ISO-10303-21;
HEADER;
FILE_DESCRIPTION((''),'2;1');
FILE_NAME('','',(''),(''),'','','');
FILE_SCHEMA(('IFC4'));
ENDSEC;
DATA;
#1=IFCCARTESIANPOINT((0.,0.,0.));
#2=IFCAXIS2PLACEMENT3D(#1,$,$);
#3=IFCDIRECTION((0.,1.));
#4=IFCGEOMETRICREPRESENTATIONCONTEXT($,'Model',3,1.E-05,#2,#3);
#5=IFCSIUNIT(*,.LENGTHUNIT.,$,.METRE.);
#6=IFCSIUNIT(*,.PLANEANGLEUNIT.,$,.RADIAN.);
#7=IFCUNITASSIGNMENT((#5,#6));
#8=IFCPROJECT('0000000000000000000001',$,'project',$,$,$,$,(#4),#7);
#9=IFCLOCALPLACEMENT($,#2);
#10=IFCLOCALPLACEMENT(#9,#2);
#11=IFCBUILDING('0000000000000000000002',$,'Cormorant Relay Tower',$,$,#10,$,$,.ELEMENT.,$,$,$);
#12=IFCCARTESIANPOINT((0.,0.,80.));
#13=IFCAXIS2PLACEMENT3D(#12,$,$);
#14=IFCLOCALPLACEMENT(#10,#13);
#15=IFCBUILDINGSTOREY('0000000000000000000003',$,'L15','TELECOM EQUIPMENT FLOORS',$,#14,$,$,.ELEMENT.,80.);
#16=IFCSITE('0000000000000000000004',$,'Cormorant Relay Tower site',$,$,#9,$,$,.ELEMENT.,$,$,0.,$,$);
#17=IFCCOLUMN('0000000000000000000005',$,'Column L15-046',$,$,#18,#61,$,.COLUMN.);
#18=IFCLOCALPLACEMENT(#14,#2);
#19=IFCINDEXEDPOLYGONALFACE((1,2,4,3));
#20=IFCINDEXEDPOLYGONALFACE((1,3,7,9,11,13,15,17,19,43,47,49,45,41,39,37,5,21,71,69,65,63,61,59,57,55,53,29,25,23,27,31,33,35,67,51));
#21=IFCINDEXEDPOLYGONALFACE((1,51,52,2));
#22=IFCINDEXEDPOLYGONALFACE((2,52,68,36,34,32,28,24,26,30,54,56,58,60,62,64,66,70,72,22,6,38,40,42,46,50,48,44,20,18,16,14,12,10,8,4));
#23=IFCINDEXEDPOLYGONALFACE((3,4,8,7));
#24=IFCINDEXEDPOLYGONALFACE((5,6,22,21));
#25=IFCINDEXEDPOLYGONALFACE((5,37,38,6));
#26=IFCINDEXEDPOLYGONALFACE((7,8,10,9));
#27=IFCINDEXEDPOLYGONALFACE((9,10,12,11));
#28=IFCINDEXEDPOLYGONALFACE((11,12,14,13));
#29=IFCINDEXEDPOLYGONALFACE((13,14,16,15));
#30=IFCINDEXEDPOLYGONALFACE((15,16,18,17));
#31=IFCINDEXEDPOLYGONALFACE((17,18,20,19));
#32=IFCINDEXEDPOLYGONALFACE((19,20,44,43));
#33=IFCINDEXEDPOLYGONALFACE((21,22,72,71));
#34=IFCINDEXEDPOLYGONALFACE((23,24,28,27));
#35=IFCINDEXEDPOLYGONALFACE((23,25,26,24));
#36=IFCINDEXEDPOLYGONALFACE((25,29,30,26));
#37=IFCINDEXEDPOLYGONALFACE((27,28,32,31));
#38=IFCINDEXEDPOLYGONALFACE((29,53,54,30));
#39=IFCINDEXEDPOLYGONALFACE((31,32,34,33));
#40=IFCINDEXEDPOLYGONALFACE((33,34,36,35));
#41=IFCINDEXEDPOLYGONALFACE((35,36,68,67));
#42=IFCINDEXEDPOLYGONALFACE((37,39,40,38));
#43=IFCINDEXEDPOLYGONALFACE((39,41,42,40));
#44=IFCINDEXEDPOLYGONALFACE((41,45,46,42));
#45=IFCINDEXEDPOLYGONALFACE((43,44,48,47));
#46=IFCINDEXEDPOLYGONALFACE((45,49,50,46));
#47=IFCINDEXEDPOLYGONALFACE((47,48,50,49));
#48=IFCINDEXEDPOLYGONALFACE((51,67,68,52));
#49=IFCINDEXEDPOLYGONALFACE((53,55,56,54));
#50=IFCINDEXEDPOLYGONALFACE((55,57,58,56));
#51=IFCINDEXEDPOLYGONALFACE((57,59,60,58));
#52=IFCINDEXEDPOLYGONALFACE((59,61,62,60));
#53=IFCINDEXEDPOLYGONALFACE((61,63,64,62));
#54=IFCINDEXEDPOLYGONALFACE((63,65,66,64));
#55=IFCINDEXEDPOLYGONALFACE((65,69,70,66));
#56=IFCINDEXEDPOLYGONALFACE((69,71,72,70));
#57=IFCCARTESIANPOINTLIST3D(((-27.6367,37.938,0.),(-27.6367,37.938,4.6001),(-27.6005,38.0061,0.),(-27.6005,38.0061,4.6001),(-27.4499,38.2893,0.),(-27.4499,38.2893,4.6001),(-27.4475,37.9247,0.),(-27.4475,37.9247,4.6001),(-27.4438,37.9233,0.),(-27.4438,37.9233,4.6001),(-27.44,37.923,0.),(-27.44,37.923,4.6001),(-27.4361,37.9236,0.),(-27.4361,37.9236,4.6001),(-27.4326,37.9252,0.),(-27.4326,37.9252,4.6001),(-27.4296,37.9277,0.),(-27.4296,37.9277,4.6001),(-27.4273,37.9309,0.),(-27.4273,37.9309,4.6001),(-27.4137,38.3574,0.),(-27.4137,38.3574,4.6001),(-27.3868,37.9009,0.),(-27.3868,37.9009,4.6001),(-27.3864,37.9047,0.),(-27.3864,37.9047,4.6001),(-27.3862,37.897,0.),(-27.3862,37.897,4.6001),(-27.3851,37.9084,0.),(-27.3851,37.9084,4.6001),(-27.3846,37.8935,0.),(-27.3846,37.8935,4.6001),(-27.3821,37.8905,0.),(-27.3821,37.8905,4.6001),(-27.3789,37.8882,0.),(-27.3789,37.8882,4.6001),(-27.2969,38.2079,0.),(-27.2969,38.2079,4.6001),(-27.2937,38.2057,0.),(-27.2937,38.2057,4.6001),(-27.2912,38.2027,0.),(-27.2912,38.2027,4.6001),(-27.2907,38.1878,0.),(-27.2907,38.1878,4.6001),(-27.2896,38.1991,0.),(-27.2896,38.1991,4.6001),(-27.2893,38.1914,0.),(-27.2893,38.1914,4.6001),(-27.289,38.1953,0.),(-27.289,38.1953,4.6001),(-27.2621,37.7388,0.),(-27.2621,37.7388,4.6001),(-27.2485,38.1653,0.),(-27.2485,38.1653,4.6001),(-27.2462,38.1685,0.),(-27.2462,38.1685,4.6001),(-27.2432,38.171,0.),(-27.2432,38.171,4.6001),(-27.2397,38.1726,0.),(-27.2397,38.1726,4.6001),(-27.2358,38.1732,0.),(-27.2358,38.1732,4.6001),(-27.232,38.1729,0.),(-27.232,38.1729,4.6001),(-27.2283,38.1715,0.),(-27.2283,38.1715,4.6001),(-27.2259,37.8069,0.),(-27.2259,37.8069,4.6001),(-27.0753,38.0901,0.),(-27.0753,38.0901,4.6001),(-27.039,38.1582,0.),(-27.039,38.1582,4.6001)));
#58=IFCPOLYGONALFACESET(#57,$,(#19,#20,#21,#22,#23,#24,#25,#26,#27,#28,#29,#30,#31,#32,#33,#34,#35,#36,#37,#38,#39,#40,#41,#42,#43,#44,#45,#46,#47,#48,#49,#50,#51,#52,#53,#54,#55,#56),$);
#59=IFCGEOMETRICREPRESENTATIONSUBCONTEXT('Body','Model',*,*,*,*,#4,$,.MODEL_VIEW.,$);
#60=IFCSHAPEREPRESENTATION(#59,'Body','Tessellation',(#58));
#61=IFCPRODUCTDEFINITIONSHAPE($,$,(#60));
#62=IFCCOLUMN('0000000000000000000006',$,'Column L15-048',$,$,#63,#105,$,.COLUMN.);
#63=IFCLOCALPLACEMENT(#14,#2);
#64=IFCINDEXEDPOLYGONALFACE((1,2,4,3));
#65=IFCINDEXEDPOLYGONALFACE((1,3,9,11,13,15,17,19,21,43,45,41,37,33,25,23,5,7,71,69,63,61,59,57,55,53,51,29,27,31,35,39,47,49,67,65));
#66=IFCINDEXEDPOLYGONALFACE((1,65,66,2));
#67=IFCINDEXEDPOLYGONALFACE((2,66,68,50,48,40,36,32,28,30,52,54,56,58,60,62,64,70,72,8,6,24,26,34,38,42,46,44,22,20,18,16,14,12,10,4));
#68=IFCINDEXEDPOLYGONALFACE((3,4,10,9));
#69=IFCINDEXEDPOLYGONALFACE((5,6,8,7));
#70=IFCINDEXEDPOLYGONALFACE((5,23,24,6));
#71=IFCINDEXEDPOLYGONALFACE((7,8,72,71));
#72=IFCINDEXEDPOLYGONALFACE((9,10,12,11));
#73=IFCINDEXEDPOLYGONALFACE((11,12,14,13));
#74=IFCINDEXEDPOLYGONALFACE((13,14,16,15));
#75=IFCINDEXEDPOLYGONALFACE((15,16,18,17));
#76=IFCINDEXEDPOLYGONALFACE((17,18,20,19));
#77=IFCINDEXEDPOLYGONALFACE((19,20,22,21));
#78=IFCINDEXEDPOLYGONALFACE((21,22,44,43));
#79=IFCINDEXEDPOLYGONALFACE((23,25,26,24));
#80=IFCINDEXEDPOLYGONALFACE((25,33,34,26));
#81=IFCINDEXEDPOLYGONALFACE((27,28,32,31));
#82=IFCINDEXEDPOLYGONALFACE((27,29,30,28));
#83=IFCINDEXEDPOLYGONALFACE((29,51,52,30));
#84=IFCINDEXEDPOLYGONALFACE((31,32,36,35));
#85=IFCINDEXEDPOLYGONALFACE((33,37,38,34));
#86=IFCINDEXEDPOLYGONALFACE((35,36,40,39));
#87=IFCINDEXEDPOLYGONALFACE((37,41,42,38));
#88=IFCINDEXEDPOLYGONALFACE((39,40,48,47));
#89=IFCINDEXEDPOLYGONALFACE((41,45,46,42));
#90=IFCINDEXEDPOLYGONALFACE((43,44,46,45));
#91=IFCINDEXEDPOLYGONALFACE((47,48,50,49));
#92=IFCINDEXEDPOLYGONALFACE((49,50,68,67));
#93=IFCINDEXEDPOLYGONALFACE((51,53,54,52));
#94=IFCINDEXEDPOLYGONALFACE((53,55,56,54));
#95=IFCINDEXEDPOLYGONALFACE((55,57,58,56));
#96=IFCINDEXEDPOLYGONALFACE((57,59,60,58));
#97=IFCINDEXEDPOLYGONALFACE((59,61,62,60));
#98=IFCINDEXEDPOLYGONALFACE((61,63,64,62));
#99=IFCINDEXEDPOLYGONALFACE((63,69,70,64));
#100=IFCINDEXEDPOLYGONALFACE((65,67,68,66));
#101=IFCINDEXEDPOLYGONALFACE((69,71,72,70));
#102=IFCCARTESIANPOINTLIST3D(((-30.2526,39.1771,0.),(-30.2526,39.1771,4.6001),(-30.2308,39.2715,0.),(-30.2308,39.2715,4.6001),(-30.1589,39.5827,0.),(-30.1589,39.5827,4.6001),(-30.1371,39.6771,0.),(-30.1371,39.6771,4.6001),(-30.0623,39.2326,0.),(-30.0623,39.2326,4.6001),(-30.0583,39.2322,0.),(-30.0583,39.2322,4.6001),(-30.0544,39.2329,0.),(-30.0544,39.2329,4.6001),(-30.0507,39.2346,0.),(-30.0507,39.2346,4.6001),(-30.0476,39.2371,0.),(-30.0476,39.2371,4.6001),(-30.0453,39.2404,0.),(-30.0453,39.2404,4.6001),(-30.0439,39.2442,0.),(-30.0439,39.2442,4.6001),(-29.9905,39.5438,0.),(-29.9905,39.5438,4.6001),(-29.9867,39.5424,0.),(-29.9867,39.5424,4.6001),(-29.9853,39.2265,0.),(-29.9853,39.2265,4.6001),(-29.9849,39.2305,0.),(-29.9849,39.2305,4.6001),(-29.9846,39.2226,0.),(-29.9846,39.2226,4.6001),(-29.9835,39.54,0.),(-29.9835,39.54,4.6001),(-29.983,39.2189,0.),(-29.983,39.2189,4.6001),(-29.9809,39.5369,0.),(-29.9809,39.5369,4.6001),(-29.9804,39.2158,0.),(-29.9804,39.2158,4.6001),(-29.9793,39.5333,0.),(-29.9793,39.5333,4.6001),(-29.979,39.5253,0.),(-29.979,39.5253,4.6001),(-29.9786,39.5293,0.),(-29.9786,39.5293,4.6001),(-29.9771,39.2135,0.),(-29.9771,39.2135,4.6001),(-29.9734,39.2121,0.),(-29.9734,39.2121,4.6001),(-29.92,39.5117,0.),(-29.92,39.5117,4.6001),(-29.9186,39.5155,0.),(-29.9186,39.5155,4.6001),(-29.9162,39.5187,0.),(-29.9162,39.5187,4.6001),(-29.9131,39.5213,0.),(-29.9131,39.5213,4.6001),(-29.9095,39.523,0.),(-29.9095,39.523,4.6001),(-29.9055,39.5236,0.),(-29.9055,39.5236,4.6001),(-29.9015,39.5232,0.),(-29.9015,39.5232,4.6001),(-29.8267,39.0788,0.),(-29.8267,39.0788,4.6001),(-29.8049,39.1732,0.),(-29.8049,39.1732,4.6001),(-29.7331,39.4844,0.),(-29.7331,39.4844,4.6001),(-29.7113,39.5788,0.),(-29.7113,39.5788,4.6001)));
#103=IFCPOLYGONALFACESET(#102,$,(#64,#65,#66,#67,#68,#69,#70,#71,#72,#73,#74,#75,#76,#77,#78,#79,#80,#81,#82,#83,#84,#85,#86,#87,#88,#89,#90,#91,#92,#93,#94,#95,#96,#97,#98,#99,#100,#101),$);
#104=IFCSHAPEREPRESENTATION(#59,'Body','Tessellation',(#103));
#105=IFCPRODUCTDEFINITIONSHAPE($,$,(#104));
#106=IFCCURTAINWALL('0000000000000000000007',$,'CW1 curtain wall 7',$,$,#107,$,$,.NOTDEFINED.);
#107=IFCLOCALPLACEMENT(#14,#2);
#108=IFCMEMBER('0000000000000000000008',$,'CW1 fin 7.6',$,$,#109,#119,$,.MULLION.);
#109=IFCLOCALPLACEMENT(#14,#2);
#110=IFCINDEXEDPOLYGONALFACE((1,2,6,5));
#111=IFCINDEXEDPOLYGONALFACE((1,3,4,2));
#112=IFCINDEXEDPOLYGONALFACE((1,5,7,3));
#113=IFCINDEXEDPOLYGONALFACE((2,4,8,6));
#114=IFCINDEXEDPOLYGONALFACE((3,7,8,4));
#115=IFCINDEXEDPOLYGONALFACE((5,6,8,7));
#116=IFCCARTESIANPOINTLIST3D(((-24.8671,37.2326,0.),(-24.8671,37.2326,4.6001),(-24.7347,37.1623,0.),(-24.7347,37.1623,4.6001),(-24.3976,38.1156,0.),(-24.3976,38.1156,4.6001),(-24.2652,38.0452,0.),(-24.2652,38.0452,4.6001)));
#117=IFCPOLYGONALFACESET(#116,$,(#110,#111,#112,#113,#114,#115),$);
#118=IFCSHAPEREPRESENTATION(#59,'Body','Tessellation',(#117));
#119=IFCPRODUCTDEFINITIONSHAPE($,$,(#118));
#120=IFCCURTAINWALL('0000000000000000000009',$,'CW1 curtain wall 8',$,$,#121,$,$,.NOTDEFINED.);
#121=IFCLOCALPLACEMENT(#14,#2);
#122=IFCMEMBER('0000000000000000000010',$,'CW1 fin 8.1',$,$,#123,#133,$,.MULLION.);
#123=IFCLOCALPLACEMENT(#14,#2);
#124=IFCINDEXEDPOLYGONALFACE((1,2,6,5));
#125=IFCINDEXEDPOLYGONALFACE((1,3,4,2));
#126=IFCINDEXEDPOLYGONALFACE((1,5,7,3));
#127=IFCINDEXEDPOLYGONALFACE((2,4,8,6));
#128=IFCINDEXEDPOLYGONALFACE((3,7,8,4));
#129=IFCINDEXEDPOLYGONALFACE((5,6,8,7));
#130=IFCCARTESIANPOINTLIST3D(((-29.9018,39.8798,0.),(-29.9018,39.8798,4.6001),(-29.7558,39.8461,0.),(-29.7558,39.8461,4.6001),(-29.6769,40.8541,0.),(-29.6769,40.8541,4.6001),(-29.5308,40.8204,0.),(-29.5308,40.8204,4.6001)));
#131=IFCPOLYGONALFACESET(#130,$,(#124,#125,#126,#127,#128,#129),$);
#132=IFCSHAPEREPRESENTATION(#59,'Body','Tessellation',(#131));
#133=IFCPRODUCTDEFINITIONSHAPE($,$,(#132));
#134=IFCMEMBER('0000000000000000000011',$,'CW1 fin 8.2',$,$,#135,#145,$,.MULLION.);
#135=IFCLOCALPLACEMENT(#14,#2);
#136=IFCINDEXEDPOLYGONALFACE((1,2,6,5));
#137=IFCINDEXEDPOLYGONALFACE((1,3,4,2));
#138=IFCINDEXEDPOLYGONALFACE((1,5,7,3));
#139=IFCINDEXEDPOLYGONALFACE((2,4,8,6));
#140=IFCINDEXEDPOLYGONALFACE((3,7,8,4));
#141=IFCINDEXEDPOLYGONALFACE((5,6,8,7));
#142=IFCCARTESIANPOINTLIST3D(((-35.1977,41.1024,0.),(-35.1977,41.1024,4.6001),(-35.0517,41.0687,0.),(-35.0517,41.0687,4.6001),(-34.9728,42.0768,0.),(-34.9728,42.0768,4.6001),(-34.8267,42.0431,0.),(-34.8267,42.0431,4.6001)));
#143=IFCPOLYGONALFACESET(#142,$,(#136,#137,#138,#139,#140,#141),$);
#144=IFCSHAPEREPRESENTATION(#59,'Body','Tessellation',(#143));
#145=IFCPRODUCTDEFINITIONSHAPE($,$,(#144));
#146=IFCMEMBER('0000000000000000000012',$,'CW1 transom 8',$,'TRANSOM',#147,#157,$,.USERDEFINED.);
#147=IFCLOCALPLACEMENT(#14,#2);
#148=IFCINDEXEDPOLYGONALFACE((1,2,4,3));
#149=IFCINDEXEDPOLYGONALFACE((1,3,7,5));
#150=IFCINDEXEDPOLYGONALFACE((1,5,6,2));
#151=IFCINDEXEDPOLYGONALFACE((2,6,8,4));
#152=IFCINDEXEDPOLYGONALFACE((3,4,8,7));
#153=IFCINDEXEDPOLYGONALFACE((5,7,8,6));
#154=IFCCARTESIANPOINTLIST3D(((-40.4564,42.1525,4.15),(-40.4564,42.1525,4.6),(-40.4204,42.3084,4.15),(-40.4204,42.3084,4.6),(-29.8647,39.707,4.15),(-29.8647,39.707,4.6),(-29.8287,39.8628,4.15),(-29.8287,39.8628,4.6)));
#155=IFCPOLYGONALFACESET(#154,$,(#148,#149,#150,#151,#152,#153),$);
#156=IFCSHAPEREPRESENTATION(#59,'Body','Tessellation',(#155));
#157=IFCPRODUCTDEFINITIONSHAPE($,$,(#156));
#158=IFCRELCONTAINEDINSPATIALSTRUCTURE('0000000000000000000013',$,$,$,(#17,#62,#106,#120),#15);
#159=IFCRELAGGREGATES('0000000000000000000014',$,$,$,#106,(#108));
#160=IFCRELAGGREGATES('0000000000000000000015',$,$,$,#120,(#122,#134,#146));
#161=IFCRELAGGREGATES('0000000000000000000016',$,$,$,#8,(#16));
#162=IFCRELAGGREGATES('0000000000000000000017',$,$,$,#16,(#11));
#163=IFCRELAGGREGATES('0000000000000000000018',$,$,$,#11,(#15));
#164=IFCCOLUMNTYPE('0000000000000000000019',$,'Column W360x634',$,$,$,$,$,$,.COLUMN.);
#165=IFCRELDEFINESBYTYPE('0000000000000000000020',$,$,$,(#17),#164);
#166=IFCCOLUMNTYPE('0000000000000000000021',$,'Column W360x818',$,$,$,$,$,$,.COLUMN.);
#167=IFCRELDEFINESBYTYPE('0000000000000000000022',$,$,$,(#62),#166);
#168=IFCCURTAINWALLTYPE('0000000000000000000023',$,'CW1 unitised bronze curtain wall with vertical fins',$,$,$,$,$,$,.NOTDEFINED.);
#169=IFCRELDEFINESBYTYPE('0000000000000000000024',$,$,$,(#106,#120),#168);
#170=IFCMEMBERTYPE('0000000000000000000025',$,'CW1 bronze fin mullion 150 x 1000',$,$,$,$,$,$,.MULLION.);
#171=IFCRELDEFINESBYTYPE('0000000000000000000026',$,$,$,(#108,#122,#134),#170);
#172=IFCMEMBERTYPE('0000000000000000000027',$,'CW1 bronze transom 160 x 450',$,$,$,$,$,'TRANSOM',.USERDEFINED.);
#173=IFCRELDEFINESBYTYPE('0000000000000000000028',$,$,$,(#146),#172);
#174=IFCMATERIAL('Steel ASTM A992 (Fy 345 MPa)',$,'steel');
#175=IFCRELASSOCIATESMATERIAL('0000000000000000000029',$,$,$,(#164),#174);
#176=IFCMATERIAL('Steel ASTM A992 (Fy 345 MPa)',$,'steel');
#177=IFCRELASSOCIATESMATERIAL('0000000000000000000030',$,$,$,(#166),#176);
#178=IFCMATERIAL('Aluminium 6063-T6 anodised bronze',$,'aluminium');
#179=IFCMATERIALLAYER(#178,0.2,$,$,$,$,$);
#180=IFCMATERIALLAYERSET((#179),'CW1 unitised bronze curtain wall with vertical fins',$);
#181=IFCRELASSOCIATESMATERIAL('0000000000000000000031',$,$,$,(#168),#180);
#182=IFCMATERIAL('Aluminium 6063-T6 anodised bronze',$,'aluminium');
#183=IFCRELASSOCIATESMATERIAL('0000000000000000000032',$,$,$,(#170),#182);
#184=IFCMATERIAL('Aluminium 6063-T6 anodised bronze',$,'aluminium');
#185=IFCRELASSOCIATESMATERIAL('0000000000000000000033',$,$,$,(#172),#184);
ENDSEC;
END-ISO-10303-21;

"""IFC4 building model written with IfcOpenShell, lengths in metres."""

from ifc_helpers import new_model, si_unit, direction, frame, origin, origin_2d, place, context, subcontext, project, spatial, rectangle, i_section, extrude, material, layer, layer_set, material_profile, profile_set, type_object, element, aggregate, save


model = new_model("IFC4")

# Units and contexts
model_context = context("Model", 3, precision=1e-05, world=origin(), true_north=direction((0.0, 1.0)))
body_context = subcontext(model_context, "Body", "Model", "MODEL_VIEW")
ifc_project = project(units=[si_unit("LENGTHUNIT", "METRE"), si_unit("PLANEANGLEUNIT", "RADIAN")], contexts=[model_context])

# Site, building, storey
site_placement = place(None, origin())
site = spatial("IfcSite", under=ifc_project, at=site_placement, Name="Cormorant Relay Tower site", CompositionType="ELEMENT", RefElevation=0.0)
building_placement = place(site_placement, origin())
building = spatial("IfcBuilding", under=site, at=building_placement, Name="Cormorant Relay Tower", CompositionType="ELEMENT")
storey_placement = place(building_placement, frame((0.0, 0.0, 80.0)))
storey = spatial("IfcBuildingStorey", under=building, at=storey_placement, Name="L15", Description="TELECOM EQUIPMENT FLOORS", CompositionType="ELEMENT", Elevation=80.0)

# Columns
ifc_material_1 = material(Name="Steel ASTM A992 (Fy 345 MPa)", Category="steel")
ifc_material_profile_1 = material_profile(ifc_material_1, i_section(OverallWidth=0.4243, OverallDepth=0.4751, WebThickness=0.0479, FlangeThickness=0.0771, FilletRadius=0.0149, at=origin_2d()), Name="W360x634")
ifc_profile_set_1 = profile_set([ifc_material_profile_1], Name="Steel ASTM A992 (Fy 345 MPa)")
column_type_1 = type_object("IfcColumnType", Name="Column W360x634", PredefinedType="COLUMN", material=ifc_profile_set_1)
column_1_placement = place(storey_placement, frame((-27.3379, 38.0481, 0.0), z_axis=(0.0, 0.0, 1.0), x_axis=(-0.882948, 0.469472, 0.0)))
element("IfcColumn", 1, at=column_1_placement, inside=storey, type_object=column_type_1, Name="Column L15-046", PredefinedType="COLUMN", context=body_context, shape_type="SweptSolid", body=[
    extrude(i_section(OverallWidth=0.4243, OverallDepth=0.4751, WebThickness=0.0479, FlangeThickness=0.0771, FilletRadius=0.0149, at=origin_2d()), origin(), (0.0, 0.0, 1.0), 4.6001),
])
ifc_material_2 = material(Name="Steel ASTM A992 (Fy 345 MPa)", Category="steel")
ifc_material_profile_2 = material_profile(ifc_material_2, i_section(OverallWidth=0.437, OverallDepth=0.5132, WebThickness=0.0605, FlangeThickness=0.0969, FilletRadius=0.0154, at=origin_2d()), Name="W360x818")
ifc_profile_set_2 = profile_set([ifc_material_profile_2], Name="Steel ASTM A992 (Fy 345 MPa)")
column_type_2 = type_object("IfcColumnType", Name="Column W360x818", PredefinedType="COLUMN", material=ifc_profile_set_2)
column_2_placement = place(storey_placement, frame((-29.9819, 39.3779, 0.0), z_axis=(0.0, 0.0, 1.0), x_axis=(-0.97437, 0.224951, 0.0)))
element("IfcColumn", 2, at=column_2_placement, inside=storey, type_object=column_type_2, Name="Column L15-048", PredefinedType="COLUMN", context=body_context, shape_type="SweptSolid", body=[
    extrude(i_section(OverallWidth=0.437, OverallDepth=0.5132, WebThickness=0.0605, FlangeThickness=0.0969, FilletRadius=0.0154, at=origin_2d()), origin(), (0.0, 0.0, 1.0), 4.6001),
])

# Curtain wall, member
ifc_material_3 = material(Name="Aluminium 6063-T6 anodised bronze", Category="aluminium")
ifc_layer_1 = layer(ifc_material_3, 0.2)
ifc_layer_set_1 = layer_set([ifc_layer_1], Name="CW1 unitised bronze curtain wall with vertical fins")
curtain_wall_type = type_object("IfcCurtainWallType", Name="CW1 unitised bronze curtain wall with vertical fins", PredefinedType="NOTDEFINED", material=ifc_layer_set_1)
curtain_wall_1_placement = place(storey_placement, origin())
curtain_wall_1 = element("IfcCurtainWall", 3, at=curtain_wall_1_placement, inside=storey, type_object=curtain_wall_type, Name="CW1 curtain wall 7", PredefinedType="NOTDEFINED")
ifc_material_4 = material(Name="Aluminium 6063-T6 anodised bronze", Category="aluminium")
ifc_material_profile_3 = material_profile(ifc_material_4, rectangle(XDim=0.1499, YDim=1.0, at=origin_2d()), Name="AL 150x1000")
ifc_profile_set_3 = profile_set([ifc_material_profile_3], Name="Aluminium 6063-T6 anodised bronze")
member_type_1 = type_object("IfcMemberType", Name="CW1 bronze fin mullion 150 x 1000", PredefinedType="MULLION", material=ifc_profile_set_3)
member_1_placement = place(storey_placement, frame((-24.5662, 37.6389, 0.0), z_axis=(0.0, 0.0, 1.0), x_axis=(-0.882948, 0.469472, 0.0)))
member_1 = element("IfcMember", 4, at=member_1_placement, type_object=member_type_1, Name="CW1 fin 7.6", PredefinedType="MULLION", context=body_context, shape_type="SweptSolid", body=[
    extrude(rectangle(XDim=0.1499, YDim=1.0, at=origin_2d()), origin(), (0.0, 0.0, 1.0), 4.6001),
])

# Curtain wall, members
curtain_wall_2_placement = place(storey_placement, origin())
curtain_wall_2 = element("IfcCurtainWall", 5, at=curtain_wall_2_placement, inside=storey, type_object=curtain_wall_type, Name="CW1 curtain wall 8", PredefinedType="NOTDEFINED")
member_2_placement = place(storey_placement, frame((-29.7163, 40.3501, 0.0), z_axis=(0.0, 0.0, 1.0), x_axis=(-0.97437, 0.224951, 0.0)))
member_2 = element("IfcMember", 6, at=member_2_placement, type_object=member_type_1, Name="CW1 fin 8.1", PredefinedType="MULLION", context=body_context, shape_type="SweptSolid", body=[
    extrude(rectangle(XDim=0.1499, YDim=1.0, at=origin_2d()), origin(), (0.0, 0.0, 1.0), 4.6001),
])
member_3_placement = place(storey_placement, frame((-35.0122, 41.5728, 0.0), z_axis=(0.0, 0.0, 1.0), x_axis=(-0.97437, 0.224951, 0.0)))
member_3 = element("IfcMember", 7, at=member_3_placement, type_object=member_type_1, Name="CW1 fin 8.2", PredefinedType="MULLION", context=body_context, shape_type="SweptSolid", body=[
    extrude(rectangle(XDim=0.1499, YDim=1.0, at=origin_2d()), origin(), (0.0, 0.0, 1.0), 4.6001),
])
ifc_material_5 = material(Name="Aluminium 6063-T6 anodised bronze", Category="aluminium")
ifc_material_profile_4 = material_profile(ifc_material_5, rectangle(XDim=0.1599, YDim=0.45, at=origin_2d()), Name="AL 160x450")
ifc_profile_set_4 = profile_set([ifc_material_profile_4], Name="Aluminium 6063-T6 anodised bronze")
member_type_2 = type_object("IfcMemberType", Name="CW1 bronze transom 160 x 450", ElementType="TRANSOM", PredefinedType="USERDEFINED", material=ifc_profile_set_4)
member_4_placement = place(storey_placement, frame((-29.8467, 39.7849, 4.375), z_axis=(-0.974365, 0.224973, 0.0), x_axis=(-0.224973, -0.974365, 0.0)))
member_4 = element("IfcMember", 8, at=member_4_placement, type_object=member_type_2, Name="CW1 transom 8", ObjectType="TRANSOM", PredefinedType="USERDEFINED", context=body_context, shape_type="SweptSolid", body=[
    extrude(rectangle(XDim=0.1599, YDim=0.45, at=origin_2d()), origin(), (0.0, 0.0, 1.0), 10.8704),
])

aggregate(curtain_wall_1, [member_1])
aggregate(curtain_wall_2, [member_2, member_3, member_4])

save(model, "model.ifc")
